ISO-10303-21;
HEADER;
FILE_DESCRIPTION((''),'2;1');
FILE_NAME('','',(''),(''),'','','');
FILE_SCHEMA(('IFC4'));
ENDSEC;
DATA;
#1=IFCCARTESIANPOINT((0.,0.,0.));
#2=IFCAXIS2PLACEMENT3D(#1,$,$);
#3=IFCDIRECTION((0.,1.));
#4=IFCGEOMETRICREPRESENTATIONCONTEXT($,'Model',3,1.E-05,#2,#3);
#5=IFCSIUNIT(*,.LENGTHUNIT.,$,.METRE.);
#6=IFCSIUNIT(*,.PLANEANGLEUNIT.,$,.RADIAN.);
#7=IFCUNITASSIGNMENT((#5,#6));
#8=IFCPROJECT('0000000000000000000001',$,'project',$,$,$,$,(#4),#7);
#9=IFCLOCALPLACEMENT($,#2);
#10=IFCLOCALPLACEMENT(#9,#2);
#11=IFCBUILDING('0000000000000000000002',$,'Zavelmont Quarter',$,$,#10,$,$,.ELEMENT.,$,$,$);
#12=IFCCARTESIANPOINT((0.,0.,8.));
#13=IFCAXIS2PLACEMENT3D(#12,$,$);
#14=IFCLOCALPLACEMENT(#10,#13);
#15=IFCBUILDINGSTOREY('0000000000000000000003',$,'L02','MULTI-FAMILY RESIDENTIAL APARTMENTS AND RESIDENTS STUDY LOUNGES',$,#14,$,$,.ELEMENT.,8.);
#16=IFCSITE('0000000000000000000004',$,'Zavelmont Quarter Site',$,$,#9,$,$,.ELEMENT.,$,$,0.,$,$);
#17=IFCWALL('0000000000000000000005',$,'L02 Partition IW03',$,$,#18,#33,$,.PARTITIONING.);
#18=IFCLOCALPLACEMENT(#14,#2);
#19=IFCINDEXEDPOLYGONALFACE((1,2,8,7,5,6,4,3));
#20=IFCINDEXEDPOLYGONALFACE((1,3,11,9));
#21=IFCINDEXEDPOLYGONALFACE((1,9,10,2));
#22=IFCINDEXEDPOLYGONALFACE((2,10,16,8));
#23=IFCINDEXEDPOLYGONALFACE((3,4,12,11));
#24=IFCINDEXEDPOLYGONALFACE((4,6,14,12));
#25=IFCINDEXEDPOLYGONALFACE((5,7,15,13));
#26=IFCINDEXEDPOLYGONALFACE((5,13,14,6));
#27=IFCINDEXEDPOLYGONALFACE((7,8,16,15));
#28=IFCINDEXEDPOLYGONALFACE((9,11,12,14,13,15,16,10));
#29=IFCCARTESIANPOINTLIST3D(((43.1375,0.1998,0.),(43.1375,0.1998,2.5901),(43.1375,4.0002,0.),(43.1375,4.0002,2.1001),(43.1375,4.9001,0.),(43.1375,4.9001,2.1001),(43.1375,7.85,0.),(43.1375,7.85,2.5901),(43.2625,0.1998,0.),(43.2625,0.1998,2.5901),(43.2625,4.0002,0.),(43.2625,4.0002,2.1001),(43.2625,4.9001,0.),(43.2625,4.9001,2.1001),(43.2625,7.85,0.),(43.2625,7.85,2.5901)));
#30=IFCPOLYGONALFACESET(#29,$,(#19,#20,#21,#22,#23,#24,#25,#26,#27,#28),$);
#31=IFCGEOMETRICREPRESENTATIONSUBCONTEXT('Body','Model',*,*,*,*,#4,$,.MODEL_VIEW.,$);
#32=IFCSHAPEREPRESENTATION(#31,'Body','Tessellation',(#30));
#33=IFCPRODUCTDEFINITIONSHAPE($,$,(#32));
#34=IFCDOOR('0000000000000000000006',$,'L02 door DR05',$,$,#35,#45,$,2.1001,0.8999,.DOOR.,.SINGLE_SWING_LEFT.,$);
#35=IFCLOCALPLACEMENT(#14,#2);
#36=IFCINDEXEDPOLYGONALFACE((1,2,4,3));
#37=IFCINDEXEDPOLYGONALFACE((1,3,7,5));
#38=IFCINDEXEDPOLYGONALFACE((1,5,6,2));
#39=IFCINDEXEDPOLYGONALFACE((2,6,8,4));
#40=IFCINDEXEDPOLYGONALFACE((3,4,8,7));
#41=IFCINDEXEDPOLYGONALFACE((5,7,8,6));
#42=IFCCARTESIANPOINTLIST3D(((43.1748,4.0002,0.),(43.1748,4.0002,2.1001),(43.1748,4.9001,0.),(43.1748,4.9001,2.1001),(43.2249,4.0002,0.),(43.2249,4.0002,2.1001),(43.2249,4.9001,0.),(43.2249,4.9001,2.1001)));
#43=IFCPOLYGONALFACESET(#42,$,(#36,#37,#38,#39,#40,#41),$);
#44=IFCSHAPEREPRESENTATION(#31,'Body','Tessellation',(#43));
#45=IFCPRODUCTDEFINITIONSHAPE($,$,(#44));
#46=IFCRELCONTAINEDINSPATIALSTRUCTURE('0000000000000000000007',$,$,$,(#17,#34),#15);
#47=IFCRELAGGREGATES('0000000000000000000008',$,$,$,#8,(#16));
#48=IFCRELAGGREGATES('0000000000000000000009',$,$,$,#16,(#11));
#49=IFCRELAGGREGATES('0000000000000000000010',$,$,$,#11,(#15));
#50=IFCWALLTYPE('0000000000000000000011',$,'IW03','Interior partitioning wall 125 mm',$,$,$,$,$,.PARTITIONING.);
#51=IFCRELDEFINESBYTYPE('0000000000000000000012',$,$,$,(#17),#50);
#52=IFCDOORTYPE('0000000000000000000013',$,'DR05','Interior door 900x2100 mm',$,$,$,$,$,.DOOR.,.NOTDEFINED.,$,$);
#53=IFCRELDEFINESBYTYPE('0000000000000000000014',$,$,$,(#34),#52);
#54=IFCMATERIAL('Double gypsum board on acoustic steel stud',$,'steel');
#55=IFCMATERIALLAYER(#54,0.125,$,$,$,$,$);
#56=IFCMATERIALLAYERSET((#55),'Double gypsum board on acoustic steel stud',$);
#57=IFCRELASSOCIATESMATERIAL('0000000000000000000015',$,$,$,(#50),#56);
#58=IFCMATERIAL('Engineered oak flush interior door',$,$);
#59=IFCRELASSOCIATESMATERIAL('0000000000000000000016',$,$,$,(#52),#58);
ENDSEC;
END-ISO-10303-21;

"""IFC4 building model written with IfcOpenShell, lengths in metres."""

from ifc_helpers import new_model, si_unit, direction, frame, frame_2d, origin, origin_with_axes, place, context, subcontext, project, spatial, rectangle, extrude, material, layer, layer_set, type_object, element, fill, save


model = new_model("IFC4")

# Units and contexts
model_context = context("Model", 3, precision=1e-05, world=origin(), true_north=direction((0.0, 1.0)))
body_context = subcontext(model_context, "Body", "Model", "MODEL_VIEW")
ifc_project = project(units=[si_unit("LENGTHUNIT", "METRE"), si_unit("PLANEANGLEUNIT", "RADIAN")], contexts=[model_context])

# Site, building, storey
site_placement = place(None, origin())
site = spatial("IfcSite", under=ifc_project, at=site_placement, Name="Zavelmont Quarter Site", CompositionType="ELEMENT", RefElevation=0.0)
building_placement = place(site_placement, origin())
building = spatial("IfcBuilding", under=site, at=building_placement, Name="Zavelmont Quarter", CompositionType="ELEMENT")
storey_placement = place(building_placement, frame((0.0, 0.0, 8.0)))
storey = spatial("IfcBuildingStorey", under=building, at=storey_placement, Name="L02", Description="MULTI-FAMILY RESIDENTIAL APARTMENTS AND RESIDENTS STUDY LOUNGES", CompositionType="ELEMENT", Elevation=8.0)

# Wall, opening, door
ifc_material_1 = material(Name="Double gypsum board on acoustic steel stud", Category="steel")
ifc_layer_1 = layer(ifc_material_1, 0.125)
ifc_layer_set_1 = layer_set([ifc_layer_1], Name="Double gypsum board on acoustic steel stud")
wall_type_1 = type_object("IfcWallType", Name="IW03", Description="Interior partitioning wall 125 mm", PredefinedType="PARTITIONING", material=ifc_layer_set_1)
wall_1_placement = place(storey_placement, frame((43.2, 7.8501, 0.0), z_axis=(0.0, 0.0, 1.0), x_axis=(0.0, -1.0, 0.0)))
wall_1 = element("IfcWall", 1, at=wall_1_placement, inside=storey, type_object=wall_type_1, Name="L02 Partition IW03", PredefinedType="PARTITIONING", context=body_context, shape_type="SweptSolid", body=[
    extrude(rectangle(XDim=7.6501, YDim=0.125, at=frame_2d((3.8252, 0.0))), origin(), (0.0, 0.0, 1.0), 2.5901),
])
opening_1_placement = place(wall_1_placement, frame((2.95, 0.0, 0.0)))
opening_1 = element("IfcOpeningElement", 2, at=opening_1_placement, cuts=wall_1, PredefinedType="OPENING", context=body_context, shape_type="SweptSolid", body=[
    extrude(rectangle(XDim=0.8999, YDim=2.1001, at=frame_2d((0.45, 1.05))), frame((0.0, 0.0745, 0.0), z_axis=(0.0, -1.0, 0.0), x_axis=(1.0, 0.0, 0.0)), (0.0, 0.0, 1.0), 0.1489),
])
ifc_material_2 = material(Name="Engineered oak flush interior door")
door_type_1 = type_object("IfcDoorType", Name="DR05", Description="Interior door 900x2100 mm", OperationType="NOTDEFINED", PredefinedType="DOOR", material=ifc_material_2)
door_1_placement = place(opening_1_placement, origin_with_axes())
door_1 = element("IfcDoor", 3, at=door_1_placement, inside=storey, type_object=door_type_1, Name="L02 door DR05", OperationType="SINGLE_SWING_LEFT", OverallHeight=2.1001, OverallWidth=0.8999, PredefinedType="DOOR", context=body_context, shape_type="SweptSolid", body=[
    extrude(rectangle(XDim=0.8999, YDim=2.1001, at=frame_2d((0.45, 1.05))), frame((0.0, 0.0249, 0.0), z_axis=(0.0, -1.0, 0.0), x_axis=(1.0, 0.0, 0.0)), (0.0, 0.0, 1.0), 0.05),
])
fill(opening_1, door_1)

save(model, "model.ifc")
